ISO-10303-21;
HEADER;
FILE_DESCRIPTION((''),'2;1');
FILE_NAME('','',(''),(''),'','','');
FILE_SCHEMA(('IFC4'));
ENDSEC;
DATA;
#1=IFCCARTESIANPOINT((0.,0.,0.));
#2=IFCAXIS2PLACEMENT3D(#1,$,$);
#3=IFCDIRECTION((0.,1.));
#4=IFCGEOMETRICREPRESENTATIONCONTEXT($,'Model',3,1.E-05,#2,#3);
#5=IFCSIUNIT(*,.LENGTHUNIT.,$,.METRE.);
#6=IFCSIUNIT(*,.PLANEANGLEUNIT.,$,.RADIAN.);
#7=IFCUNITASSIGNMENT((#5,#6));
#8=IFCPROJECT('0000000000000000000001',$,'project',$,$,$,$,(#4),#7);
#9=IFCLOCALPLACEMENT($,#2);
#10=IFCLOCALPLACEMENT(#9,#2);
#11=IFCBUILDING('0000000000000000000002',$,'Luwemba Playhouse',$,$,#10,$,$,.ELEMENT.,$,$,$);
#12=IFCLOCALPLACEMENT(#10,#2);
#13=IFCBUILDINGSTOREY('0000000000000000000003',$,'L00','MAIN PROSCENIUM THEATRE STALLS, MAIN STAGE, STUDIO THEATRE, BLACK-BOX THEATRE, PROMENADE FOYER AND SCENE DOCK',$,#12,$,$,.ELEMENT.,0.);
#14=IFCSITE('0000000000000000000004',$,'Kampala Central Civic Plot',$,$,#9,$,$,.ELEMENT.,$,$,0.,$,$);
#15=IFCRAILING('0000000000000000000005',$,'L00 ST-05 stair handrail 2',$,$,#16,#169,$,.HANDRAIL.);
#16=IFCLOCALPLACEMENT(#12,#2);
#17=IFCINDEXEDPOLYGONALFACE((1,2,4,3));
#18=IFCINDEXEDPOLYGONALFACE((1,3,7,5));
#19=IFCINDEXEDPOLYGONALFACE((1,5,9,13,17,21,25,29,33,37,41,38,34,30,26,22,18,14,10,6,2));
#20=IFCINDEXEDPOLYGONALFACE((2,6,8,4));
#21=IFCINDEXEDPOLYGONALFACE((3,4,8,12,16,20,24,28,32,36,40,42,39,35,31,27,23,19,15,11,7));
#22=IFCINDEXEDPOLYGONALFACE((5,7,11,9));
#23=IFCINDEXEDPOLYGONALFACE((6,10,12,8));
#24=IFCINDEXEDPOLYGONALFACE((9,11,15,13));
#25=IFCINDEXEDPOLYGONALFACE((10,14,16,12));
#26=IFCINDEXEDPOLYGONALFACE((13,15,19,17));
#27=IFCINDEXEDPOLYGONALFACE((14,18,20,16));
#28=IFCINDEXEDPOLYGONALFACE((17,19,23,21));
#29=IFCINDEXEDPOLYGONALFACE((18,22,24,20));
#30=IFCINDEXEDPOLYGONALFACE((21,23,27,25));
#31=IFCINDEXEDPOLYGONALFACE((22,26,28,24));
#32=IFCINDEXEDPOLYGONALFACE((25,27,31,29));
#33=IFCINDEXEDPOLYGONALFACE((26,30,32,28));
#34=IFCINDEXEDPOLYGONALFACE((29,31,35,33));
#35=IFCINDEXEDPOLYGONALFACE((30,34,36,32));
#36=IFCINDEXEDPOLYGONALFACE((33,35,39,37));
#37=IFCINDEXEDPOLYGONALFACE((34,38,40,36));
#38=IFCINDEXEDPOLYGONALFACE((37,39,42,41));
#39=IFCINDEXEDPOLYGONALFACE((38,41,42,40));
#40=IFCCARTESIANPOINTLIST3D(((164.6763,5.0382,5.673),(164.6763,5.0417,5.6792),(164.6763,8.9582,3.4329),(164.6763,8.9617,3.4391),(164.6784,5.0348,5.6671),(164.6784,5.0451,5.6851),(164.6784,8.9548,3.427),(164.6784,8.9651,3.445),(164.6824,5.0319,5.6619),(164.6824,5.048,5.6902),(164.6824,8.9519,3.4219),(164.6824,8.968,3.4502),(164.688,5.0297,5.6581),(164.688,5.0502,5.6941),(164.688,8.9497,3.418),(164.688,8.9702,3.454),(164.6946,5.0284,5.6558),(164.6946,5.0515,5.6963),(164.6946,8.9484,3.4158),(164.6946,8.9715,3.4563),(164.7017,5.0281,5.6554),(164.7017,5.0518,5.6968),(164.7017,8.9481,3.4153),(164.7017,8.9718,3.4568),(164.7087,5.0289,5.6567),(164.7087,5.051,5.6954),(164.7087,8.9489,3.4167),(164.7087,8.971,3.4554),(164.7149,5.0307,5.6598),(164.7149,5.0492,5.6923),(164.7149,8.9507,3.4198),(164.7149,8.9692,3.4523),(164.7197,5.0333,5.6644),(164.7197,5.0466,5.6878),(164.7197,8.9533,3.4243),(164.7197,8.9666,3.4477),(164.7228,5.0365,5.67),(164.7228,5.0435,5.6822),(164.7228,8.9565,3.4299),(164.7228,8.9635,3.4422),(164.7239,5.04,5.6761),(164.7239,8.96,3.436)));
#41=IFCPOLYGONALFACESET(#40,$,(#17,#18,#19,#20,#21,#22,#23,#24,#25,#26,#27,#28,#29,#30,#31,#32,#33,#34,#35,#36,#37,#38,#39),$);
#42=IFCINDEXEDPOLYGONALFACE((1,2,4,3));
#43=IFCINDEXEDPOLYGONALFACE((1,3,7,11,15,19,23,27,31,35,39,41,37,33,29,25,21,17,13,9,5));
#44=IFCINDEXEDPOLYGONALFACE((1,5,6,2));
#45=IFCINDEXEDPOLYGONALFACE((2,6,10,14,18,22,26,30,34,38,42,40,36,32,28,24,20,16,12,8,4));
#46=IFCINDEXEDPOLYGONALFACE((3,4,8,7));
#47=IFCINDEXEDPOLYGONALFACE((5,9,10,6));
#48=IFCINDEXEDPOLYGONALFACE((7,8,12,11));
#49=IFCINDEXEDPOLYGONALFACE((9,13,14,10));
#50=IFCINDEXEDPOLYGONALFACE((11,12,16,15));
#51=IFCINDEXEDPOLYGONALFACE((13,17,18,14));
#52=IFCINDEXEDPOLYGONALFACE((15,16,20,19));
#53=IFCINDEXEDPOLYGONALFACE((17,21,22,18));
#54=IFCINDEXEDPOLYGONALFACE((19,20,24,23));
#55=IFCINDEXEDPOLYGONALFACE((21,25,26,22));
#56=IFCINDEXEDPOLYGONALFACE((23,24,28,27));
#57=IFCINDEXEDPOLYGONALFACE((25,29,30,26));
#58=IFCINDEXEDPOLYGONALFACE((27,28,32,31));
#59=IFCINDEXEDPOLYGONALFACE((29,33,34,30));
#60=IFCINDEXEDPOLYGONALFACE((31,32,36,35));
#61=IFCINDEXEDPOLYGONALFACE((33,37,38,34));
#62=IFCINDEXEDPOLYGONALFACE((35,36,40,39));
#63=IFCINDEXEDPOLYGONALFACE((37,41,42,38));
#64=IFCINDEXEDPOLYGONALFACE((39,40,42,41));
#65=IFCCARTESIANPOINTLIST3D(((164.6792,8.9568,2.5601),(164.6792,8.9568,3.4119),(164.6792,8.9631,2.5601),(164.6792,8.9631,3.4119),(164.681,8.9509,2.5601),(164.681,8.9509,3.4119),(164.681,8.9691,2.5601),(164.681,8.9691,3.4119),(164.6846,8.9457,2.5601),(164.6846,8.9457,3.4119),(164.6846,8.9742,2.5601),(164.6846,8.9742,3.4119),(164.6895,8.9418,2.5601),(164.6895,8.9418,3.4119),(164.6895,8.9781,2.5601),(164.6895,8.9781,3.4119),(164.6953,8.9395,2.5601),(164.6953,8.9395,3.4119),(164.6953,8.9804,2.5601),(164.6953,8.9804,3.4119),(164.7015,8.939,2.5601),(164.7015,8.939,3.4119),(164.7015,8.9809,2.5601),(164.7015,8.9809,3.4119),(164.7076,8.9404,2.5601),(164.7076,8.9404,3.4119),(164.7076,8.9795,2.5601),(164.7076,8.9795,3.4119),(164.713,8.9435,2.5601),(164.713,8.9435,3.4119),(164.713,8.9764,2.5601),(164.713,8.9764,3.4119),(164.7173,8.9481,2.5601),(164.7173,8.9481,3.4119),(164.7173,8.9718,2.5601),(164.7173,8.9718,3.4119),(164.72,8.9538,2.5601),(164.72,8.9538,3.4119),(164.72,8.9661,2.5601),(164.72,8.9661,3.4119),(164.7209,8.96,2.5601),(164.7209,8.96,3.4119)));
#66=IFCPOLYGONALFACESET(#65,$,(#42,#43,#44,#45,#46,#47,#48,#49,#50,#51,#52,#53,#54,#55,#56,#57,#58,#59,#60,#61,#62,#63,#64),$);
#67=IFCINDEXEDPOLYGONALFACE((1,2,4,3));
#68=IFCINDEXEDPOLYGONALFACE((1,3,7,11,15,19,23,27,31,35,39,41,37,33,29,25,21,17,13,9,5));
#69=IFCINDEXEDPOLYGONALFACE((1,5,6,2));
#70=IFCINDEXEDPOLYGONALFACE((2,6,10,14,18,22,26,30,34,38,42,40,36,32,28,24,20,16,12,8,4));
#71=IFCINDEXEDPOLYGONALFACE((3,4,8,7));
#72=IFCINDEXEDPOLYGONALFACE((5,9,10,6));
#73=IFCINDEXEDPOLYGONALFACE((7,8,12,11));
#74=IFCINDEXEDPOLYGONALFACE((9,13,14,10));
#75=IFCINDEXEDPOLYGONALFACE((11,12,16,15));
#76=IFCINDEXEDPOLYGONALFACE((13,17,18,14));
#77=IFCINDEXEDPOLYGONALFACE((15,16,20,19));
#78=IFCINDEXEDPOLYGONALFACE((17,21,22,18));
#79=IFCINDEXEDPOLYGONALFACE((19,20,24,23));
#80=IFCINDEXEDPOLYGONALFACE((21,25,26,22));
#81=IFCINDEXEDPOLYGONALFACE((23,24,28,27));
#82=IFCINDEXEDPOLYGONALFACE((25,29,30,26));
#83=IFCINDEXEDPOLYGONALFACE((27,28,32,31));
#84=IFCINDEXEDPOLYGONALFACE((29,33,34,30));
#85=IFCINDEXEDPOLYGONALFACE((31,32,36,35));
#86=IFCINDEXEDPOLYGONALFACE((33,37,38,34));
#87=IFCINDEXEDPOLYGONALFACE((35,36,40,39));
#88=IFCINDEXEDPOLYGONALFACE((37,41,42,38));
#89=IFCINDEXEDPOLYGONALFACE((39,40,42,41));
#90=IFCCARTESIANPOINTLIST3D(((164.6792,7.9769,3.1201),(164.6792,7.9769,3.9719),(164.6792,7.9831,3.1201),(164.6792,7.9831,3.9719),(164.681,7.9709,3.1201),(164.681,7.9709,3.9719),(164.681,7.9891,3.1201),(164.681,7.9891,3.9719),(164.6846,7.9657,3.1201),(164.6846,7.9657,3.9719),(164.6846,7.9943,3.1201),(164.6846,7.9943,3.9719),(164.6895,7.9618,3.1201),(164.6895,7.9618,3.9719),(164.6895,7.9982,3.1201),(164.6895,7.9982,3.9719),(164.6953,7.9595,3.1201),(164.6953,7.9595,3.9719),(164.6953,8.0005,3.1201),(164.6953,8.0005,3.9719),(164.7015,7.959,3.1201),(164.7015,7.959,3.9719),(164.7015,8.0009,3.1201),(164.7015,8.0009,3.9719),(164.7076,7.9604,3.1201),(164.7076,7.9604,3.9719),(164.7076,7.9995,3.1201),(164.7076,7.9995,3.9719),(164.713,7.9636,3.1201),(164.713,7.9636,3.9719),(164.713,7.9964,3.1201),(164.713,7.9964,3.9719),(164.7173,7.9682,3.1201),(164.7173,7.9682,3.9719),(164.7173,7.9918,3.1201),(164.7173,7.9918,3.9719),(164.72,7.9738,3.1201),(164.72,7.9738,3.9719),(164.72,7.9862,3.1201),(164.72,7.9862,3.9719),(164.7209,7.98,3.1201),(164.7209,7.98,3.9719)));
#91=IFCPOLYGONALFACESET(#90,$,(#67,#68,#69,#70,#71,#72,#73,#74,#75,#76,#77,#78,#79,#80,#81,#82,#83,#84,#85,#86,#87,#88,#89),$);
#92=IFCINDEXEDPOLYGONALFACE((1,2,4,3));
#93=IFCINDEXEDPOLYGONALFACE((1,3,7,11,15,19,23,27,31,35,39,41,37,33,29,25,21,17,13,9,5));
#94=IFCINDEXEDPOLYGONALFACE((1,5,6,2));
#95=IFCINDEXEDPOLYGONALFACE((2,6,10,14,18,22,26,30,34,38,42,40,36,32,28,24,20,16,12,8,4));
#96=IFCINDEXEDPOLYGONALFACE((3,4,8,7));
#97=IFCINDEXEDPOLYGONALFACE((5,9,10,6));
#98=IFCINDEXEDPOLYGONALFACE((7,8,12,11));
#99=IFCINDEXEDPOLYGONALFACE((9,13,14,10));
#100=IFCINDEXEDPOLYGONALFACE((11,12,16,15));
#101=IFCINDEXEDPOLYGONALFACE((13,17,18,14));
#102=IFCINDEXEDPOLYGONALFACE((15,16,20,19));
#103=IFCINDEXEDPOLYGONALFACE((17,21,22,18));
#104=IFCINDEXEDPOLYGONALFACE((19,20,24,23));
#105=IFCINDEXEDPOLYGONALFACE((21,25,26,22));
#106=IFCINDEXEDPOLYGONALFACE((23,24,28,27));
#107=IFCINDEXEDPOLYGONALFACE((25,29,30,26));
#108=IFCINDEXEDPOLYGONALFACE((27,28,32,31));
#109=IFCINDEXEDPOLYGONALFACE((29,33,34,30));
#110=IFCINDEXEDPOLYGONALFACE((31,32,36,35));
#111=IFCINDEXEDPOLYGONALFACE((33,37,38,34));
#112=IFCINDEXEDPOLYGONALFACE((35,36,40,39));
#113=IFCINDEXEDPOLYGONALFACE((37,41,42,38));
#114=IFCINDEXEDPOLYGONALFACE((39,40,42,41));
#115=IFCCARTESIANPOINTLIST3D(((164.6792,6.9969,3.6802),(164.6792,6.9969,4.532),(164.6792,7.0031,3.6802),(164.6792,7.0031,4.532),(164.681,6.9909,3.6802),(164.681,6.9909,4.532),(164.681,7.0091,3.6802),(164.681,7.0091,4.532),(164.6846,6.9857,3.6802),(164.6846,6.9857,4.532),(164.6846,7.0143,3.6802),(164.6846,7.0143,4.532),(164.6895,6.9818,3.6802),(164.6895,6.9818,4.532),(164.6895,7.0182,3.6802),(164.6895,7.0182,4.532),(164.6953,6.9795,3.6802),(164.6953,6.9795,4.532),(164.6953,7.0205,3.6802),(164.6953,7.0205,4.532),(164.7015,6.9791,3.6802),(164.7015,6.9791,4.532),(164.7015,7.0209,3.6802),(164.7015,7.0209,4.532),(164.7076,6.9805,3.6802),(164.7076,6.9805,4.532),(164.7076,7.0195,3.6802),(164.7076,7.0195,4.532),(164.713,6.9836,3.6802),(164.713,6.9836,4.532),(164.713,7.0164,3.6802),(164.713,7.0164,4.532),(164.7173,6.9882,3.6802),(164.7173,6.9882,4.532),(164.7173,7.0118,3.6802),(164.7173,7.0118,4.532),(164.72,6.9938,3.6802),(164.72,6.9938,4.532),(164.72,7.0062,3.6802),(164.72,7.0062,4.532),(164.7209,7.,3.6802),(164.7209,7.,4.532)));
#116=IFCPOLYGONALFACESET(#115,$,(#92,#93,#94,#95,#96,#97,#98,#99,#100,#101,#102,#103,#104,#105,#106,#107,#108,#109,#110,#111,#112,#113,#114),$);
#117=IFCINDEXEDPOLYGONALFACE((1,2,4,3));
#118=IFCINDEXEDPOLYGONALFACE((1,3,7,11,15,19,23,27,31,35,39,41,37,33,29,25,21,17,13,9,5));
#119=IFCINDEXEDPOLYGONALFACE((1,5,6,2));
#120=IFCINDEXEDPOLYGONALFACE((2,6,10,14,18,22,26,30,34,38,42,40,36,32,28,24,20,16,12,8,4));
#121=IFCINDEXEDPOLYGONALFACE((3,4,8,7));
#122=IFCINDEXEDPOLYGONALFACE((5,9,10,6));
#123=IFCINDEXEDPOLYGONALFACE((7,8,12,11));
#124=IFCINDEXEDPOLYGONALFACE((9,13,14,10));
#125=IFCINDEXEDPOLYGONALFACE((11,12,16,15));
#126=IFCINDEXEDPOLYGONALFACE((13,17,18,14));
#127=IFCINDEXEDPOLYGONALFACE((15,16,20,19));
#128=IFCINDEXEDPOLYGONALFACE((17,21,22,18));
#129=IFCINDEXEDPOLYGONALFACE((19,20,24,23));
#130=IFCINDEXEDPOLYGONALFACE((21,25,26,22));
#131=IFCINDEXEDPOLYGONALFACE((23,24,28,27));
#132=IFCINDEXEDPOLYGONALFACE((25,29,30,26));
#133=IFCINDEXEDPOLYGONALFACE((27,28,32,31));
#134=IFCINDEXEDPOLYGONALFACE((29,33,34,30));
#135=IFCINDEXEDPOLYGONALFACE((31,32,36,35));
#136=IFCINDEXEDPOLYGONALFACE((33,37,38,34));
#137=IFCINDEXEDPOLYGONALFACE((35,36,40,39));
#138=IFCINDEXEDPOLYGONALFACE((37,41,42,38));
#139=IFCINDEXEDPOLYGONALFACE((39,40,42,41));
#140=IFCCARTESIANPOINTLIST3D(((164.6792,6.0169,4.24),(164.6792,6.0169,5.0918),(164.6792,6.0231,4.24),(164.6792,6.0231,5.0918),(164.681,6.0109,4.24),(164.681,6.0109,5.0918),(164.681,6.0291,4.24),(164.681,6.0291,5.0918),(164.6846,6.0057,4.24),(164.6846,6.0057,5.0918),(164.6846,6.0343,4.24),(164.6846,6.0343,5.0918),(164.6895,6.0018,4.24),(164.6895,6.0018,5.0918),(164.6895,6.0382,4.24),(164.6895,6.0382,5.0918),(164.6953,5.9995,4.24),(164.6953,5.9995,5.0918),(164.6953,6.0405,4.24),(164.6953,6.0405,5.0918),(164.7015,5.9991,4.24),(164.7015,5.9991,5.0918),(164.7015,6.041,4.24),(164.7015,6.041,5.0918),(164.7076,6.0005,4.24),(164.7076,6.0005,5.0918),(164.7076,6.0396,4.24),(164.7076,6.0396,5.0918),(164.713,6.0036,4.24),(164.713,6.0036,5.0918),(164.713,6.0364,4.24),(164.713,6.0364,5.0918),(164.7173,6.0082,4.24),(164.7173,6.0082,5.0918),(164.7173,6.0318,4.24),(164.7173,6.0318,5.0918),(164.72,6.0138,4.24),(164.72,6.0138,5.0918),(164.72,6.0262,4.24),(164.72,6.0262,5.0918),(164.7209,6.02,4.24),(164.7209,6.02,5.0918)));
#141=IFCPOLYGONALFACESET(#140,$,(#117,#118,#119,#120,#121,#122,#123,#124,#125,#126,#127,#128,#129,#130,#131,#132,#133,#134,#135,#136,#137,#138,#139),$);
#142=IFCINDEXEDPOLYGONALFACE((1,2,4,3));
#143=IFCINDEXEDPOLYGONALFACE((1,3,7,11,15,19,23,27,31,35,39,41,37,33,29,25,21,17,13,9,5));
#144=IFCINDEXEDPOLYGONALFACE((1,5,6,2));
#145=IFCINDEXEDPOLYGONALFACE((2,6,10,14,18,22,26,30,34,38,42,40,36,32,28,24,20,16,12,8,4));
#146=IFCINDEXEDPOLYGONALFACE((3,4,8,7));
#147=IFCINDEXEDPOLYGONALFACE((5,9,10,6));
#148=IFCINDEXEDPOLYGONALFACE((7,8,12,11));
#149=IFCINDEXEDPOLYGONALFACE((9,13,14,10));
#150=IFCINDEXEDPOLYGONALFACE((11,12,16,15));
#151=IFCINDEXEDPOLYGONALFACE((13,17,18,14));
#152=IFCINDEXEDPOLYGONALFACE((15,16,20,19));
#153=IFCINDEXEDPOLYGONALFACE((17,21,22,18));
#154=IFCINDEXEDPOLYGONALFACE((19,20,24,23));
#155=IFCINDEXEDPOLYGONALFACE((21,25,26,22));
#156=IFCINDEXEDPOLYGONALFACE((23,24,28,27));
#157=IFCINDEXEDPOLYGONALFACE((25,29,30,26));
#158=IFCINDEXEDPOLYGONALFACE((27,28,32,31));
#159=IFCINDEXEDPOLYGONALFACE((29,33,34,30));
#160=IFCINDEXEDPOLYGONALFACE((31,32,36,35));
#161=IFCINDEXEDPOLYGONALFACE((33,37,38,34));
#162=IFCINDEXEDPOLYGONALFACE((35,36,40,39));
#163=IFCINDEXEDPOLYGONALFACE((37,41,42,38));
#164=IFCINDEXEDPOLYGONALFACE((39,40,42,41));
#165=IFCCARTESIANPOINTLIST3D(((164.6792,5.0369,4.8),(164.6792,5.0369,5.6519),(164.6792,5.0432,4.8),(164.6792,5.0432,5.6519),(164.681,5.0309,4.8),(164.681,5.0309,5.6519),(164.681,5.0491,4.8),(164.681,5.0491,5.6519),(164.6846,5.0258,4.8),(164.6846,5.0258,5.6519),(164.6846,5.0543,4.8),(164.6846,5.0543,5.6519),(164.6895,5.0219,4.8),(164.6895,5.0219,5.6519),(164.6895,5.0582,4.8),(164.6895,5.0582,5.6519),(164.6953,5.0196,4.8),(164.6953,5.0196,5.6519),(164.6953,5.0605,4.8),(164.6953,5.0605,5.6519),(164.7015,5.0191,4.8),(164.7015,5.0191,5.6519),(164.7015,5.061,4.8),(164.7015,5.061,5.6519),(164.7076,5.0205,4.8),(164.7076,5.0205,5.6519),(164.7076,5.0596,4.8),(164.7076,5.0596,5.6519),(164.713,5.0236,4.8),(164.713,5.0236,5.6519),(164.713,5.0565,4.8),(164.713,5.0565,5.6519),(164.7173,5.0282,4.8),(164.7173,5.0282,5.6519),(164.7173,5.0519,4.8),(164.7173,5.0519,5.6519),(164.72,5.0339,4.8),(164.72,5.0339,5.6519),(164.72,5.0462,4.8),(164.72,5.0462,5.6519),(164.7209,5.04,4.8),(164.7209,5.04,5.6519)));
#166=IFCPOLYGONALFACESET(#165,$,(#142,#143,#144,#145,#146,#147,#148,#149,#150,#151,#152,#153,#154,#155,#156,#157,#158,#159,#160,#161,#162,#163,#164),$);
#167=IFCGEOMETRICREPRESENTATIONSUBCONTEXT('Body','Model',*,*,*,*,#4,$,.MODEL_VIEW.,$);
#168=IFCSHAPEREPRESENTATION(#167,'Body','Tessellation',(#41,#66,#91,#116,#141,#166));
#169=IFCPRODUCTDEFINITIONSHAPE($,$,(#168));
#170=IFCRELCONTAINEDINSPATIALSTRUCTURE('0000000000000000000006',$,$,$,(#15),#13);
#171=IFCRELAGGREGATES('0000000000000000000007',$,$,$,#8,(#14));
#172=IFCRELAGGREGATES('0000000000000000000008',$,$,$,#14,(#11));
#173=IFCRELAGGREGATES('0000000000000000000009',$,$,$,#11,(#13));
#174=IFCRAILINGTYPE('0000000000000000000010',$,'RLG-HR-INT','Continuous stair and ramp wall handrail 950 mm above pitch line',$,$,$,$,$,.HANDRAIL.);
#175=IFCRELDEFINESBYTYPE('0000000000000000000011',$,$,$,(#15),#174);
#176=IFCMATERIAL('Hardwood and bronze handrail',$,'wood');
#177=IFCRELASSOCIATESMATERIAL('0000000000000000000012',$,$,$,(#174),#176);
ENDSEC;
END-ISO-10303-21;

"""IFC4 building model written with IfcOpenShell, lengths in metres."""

from ifc_helpers import new_model, si_unit, direction, frame, origin, origin_2d, place, context, subcontext, project, spatial, circle, extrude, material, type_object, element, save


model = new_model("IFC4")

# Units and contexts
model_context = context("Model", 3, precision=1e-05, world=origin(), true_north=direction((0.0, 1.0)))
body_context = subcontext(model_context, "Body", "Model", "MODEL_VIEW")
ifc_project = project(units=[si_unit("LENGTHUNIT", "METRE"), si_unit("PLANEANGLEUNIT", "RADIAN")], contexts=[model_context])

# Site, building, storey
site_placement = place(None, origin())
site = spatial("IfcSite", under=ifc_project, at=site_placement, Name="Kampala Central Civic Plot", CompositionType="ELEMENT", RefElevation=0.0)
building_placement = place(site_placement, origin())
building = spatial("IfcBuilding", under=site, at=building_placement, Name="Luwemba Playhouse", CompositionType="ELEMENT")
storey_placement = place(building_placement, origin())
storey = spatial("IfcBuildingStorey", under=building, at=storey_placement, Name="L00", Description="MAIN PROSCENIUM THEATRE STALLS, MAIN STAGE, STUDIO THEATRE, BLACK-BOX THEATRE, PROMENADE FOYER AND SCENE DOCK", CompositionType="ELEMENT", Elevation=0.0)

# Railing
ifc_material_1 = material(Name="Hardwood and bronze handrail", Category="wood")
railing_type_1 = type_object("IfcRailingType", Name="RLG-HR-INT", Description="Continuous stair and ramp wall handrail 950 mm above pitch line", PredefinedType="HANDRAIL", material=ifc_material_1)
railing_1_placement = place(storey_placement, frame((164.7, 8.96, 2.5601)))
element("IfcRailing", 1, at=railing_1_placement, inside=storey, type_object=railing_type_1, Name="L00 ST-05 stair handrail 2", PredefinedType="HANDRAIL", context=body_context, shape_type="SweptSolid", body=[
    extrude(circle(Radius=0.0239, at=origin_2d()), frame((0.0, 0.0, 0.876), z_axis=(0.0, -0.86824, 0.496145), x_axis=(1.0, 0.0, 0.0)), (0.0, 0.0, 1.0), 4.5149),
    extrude(circle(Radius=0.021, at=origin_2d()), origin(), (0.0, 0.0, 1.0), 0.8518),
    extrude(circle(Radius=0.021, at=origin_2d()), frame((0.0, -0.98, 0.5601)), (0.0, 0.0, 1.0), 0.8518),
    extrude(circle(Radius=0.021, at=origin_2d()), frame((0.0, -1.96, 1.1201)), (0.0, 0.0, 1.0), 0.8518),
    extrude(circle(Radius=0.021, at=origin_2d()), frame((0.0, -2.9399, 1.6799)), (0.0, 0.0, 1.0), 0.8518),
    extrude(circle(Radius=0.021, at=origin_2d()), frame((0.0, -3.9199, 2.24)), (0.0, 0.0, 1.0), 0.8518),
])

save(model, "model.ifc")
